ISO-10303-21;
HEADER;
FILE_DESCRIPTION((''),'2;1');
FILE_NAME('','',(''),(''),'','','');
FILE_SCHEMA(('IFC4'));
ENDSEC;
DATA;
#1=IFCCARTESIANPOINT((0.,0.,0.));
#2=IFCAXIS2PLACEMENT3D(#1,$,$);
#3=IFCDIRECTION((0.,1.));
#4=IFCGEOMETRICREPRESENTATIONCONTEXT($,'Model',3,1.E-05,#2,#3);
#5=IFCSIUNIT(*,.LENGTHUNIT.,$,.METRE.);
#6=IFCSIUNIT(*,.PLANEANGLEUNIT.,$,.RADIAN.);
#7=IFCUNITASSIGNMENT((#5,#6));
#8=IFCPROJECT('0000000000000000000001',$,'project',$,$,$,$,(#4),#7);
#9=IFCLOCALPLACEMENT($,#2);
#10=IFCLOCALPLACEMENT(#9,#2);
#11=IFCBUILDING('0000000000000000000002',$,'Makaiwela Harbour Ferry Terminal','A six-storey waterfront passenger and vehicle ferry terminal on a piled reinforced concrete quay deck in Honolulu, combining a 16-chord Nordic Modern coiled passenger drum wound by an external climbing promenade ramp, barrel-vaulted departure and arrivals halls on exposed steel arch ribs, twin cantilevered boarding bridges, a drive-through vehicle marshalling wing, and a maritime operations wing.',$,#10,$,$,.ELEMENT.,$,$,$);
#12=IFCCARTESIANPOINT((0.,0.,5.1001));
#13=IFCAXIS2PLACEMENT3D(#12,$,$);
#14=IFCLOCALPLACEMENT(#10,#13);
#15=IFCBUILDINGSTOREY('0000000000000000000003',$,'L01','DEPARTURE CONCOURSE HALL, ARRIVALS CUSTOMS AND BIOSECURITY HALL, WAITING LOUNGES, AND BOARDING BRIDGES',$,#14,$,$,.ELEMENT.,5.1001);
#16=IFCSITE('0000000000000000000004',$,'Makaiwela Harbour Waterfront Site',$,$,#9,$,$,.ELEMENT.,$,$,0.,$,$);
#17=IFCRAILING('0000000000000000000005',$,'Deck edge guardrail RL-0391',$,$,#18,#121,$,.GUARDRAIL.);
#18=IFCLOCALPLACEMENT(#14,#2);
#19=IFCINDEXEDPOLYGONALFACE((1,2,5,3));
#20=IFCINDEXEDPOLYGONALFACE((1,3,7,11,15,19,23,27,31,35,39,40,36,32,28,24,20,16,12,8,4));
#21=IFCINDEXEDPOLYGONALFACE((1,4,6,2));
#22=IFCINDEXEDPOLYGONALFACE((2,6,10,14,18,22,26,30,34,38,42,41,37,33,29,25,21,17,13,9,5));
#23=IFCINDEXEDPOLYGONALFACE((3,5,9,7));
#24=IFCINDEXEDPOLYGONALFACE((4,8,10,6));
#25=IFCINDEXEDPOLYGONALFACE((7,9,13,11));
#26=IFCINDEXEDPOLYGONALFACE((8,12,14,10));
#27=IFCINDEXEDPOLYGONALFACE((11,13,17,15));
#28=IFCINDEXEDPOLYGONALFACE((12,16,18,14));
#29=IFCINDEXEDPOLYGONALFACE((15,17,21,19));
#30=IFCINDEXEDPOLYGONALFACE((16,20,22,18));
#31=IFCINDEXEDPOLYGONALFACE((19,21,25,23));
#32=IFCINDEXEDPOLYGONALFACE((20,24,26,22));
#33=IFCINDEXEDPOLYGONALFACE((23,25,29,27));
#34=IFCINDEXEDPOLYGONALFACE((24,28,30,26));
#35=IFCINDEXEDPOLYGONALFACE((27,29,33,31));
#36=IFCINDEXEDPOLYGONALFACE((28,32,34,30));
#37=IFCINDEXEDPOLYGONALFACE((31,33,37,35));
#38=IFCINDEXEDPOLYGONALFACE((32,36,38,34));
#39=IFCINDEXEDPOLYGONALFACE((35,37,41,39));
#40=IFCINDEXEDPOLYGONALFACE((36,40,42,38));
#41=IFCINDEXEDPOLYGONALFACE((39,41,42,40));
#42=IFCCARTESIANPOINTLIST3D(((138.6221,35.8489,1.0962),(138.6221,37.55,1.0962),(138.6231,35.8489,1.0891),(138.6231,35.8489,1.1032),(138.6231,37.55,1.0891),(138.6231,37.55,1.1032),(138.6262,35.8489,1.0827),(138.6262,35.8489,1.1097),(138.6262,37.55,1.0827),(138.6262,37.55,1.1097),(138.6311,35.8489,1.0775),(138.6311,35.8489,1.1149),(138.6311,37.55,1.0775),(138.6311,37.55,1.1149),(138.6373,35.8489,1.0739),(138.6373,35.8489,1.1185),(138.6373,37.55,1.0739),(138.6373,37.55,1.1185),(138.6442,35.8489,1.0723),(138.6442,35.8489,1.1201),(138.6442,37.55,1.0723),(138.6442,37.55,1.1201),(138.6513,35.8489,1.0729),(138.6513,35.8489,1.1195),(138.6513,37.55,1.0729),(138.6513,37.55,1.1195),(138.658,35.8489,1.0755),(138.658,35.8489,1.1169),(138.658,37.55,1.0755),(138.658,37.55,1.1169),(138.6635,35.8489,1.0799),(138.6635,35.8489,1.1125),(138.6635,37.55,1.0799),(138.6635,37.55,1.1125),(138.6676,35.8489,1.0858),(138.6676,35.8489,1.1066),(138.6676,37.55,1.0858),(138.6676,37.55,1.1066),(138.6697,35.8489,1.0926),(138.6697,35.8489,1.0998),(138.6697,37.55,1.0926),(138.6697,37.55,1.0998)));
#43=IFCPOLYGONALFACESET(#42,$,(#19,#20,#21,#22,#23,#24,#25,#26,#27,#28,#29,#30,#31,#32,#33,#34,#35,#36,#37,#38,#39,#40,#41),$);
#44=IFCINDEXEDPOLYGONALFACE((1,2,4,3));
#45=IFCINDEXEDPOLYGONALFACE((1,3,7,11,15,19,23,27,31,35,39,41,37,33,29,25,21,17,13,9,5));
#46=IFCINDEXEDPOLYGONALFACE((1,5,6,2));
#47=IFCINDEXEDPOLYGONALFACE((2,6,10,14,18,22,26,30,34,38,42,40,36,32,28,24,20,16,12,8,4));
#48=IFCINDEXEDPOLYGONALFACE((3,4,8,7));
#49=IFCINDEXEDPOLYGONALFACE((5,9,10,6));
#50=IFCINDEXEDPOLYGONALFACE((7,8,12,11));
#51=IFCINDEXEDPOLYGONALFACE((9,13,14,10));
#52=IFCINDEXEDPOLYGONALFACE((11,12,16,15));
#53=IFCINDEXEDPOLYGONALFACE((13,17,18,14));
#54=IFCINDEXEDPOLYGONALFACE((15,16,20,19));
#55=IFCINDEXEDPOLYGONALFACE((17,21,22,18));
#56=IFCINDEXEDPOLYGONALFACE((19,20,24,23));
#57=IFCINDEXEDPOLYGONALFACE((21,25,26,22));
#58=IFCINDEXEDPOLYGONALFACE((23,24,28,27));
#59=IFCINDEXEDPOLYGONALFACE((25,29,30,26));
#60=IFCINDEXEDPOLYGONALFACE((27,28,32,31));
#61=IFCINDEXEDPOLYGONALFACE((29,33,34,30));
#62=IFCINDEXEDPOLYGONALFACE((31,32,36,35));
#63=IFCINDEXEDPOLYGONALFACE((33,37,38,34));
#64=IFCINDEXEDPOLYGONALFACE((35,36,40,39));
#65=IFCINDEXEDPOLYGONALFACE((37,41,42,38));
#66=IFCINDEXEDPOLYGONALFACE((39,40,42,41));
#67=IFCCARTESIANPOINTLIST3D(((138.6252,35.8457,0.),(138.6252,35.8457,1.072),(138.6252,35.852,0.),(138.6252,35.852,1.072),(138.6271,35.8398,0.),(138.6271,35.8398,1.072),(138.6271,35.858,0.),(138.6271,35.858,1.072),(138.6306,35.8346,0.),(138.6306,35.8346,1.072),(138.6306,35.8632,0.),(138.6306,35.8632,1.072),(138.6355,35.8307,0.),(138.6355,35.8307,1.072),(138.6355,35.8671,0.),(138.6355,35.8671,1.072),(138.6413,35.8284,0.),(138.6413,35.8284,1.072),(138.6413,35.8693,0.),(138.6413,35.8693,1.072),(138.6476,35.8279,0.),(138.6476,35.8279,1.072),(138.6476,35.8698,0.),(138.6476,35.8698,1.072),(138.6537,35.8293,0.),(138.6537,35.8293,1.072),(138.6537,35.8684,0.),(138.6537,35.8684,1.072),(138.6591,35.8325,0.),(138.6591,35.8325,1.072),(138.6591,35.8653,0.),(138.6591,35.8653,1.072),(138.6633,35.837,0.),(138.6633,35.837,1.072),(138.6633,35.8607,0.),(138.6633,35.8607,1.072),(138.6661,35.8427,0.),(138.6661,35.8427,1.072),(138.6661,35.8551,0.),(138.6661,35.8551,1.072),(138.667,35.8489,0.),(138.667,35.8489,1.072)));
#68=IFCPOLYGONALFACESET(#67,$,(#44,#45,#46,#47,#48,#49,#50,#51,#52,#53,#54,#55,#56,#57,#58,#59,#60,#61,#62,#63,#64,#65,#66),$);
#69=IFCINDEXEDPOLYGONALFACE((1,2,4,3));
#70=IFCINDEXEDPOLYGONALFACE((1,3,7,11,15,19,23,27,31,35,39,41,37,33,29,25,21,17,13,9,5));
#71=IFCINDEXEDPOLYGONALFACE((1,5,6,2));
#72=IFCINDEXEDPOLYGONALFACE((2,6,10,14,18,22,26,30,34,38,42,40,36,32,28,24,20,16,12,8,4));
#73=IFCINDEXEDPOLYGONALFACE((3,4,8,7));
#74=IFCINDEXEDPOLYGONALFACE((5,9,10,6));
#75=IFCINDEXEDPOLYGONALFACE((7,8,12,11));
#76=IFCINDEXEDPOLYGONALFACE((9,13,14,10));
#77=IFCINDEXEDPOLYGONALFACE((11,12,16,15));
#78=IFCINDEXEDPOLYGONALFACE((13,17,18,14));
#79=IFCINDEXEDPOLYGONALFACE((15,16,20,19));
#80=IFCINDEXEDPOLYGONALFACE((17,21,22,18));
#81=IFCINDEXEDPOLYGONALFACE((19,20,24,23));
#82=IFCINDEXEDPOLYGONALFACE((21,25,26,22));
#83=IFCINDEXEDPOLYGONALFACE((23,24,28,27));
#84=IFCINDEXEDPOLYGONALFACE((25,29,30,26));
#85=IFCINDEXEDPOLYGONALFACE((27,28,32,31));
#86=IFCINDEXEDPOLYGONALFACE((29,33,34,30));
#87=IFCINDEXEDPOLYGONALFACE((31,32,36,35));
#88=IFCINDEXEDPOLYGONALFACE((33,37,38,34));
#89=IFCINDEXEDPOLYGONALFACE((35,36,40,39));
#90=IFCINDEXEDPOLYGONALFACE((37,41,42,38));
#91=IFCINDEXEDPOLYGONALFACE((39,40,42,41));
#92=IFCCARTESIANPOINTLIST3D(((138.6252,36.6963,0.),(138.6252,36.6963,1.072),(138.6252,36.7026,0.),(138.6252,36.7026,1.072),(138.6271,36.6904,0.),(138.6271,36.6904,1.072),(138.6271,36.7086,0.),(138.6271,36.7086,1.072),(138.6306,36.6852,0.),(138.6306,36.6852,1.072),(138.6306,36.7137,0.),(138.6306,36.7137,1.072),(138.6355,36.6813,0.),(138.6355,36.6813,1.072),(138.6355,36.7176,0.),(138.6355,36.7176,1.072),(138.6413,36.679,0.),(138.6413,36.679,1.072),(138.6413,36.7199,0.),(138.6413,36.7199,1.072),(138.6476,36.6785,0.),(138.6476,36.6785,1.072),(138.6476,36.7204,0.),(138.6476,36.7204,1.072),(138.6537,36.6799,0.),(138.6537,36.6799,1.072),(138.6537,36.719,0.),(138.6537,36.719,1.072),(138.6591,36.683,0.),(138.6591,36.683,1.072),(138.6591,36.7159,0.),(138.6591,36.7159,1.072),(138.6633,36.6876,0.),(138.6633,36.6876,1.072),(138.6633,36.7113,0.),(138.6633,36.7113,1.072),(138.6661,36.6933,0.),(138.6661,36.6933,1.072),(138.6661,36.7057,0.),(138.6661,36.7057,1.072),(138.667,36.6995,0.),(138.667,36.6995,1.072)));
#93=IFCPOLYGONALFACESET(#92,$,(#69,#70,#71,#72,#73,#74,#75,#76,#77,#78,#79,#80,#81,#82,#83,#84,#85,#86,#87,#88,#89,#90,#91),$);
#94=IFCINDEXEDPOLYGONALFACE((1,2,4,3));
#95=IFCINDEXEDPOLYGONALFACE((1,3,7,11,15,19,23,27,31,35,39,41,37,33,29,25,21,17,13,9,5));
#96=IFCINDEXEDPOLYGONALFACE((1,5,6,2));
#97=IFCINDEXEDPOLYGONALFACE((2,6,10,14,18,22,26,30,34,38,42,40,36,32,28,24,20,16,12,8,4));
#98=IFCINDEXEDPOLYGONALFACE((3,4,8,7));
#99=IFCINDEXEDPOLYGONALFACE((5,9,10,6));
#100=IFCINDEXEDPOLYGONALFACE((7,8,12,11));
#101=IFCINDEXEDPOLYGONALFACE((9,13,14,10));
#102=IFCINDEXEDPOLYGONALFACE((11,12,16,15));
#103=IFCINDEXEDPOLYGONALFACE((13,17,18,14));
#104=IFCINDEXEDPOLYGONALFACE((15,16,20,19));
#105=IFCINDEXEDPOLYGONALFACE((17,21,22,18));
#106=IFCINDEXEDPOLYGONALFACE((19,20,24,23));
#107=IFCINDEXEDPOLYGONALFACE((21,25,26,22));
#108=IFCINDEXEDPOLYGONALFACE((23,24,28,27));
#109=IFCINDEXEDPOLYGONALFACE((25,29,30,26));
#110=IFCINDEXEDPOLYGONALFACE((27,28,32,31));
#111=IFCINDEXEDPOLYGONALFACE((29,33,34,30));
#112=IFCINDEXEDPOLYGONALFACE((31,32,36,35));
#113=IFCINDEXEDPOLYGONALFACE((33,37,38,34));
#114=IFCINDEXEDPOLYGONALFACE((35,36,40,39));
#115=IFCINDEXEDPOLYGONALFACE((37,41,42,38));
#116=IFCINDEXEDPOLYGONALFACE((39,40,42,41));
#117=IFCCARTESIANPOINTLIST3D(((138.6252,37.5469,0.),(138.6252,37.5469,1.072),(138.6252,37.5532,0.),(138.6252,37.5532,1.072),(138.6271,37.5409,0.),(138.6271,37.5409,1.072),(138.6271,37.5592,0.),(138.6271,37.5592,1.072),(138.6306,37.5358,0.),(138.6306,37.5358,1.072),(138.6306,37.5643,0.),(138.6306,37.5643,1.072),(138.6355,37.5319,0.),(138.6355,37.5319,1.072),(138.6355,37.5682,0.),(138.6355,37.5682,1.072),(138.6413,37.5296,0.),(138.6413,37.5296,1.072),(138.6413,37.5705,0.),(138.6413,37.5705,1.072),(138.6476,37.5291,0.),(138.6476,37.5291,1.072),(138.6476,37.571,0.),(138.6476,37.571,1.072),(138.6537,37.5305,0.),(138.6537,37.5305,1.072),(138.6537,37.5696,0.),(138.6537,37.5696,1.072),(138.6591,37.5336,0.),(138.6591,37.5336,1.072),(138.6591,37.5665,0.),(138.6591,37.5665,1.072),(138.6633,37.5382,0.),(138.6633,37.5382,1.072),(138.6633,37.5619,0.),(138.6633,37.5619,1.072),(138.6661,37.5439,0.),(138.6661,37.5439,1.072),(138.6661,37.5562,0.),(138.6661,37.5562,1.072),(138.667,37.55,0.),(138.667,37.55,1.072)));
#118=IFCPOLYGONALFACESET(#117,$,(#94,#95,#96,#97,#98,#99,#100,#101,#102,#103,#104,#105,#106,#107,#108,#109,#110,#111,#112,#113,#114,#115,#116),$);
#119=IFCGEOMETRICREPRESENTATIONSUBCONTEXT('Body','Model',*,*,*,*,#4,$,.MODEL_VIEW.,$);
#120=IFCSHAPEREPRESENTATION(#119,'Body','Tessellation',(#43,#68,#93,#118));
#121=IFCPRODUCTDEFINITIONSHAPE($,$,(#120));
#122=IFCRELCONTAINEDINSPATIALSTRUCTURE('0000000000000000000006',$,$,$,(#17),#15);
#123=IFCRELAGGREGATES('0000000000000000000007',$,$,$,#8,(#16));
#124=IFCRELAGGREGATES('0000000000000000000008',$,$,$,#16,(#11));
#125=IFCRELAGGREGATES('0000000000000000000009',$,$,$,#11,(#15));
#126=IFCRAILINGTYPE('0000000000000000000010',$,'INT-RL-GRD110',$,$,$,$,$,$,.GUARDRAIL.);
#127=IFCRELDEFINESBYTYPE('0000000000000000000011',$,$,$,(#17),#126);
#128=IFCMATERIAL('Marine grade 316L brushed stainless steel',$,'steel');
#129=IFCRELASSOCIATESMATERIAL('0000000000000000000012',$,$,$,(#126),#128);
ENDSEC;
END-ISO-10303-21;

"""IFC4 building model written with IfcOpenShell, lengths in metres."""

from ifc_helpers import new_model, si_unit, direction, frame, origin, origin_2d, place, context, subcontext, project, spatial, circle, extrude, material, type_object, element, save


model = new_model("IFC4")

# Units and contexts
model_context = context("Model", 3, precision=1e-05, world=origin(), true_north=direction((0.0, 1.0)))
body_context = subcontext(model_context, "Body", "Model", "MODEL_VIEW")
ifc_project = project(units=[si_unit("LENGTHUNIT", "METRE"), si_unit("PLANEANGLEUNIT", "RADIAN")], contexts=[model_context])

# Site, building, storey
site_placement = place(None, origin())
site = spatial("IfcSite", under=ifc_project, at=site_placement, Name="Makaiwela Harbour Waterfront Site", CompositionType="ELEMENT", RefElevation=0.0)
building_placement = place(site_placement, origin())
building = spatial("IfcBuilding", under=site, at=building_placement, Name="Makaiwela Harbour Ferry Terminal", Description="A six-storey waterfront passenger and vehicle ferry terminal on a piled reinforced concrete quay deck in Honolulu, combining a 16-chord Nordic Modern coiled passenger drum wound by an external climbing promenade ramp, barrel-vaulted departure and arrivals halls on exposed steel arch ribs, twin cantilevered boarding bridges, a drive-through vehicle marshalling wing, and a maritime operations wing.", CompositionType="ELEMENT")
storey_placement = place(building_placement, frame((0.0, 0.0, 5.1001)))
storey = spatial("IfcBuildingStorey", under=building, at=storey_placement, Name="L01", Description="DEPARTURE CONCOURSE HALL, ARRIVALS CUSTOMS AND BIOSECURITY HALL, WAITING LOUNGES, AND BOARDING BRIDGES", CompositionType="ELEMENT", Elevation=5.1001)

# Railing
ifc_material_1 = material(Name="Marine grade 316L brushed stainless steel", Category="steel")
railing_type = type_object("IfcRailingType", Name="INT-RL-GRD110", PredefinedType="GUARDRAIL", material=ifc_material_1)
railing_1_placement = place(storey_placement, frame((138.646, 35.8489, 0.0)))
element("IfcRailing", 1, at=railing_1_placement, inside=storey, type_object=railing_type, Name="Deck edge guardrail RL-0391", PredefinedType="GUARDRAIL", context=body_context, shape_type="SweptSolid", body=[
    extrude(circle(Radius=0.0239, at=origin_2d()), frame((0.0, 0.0, 1.0962), z_axis=(0.0, 1.0, 0.0), x_axis=(-1.0, 0.0, 0.0)), (0.0, 0.0, 1.0), 1.7012),
    extrude(circle(Radius=0.021, at=origin_2d()), origin(), (0.0, 0.0, 1.0), 1.072),
    extrude(circle(Radius=0.021, at=origin_2d()), frame((0.0, 0.8506, 0.0)), (0.0, 0.0, 1.0), 1.072),
    extrude(circle(Radius=0.021, at=origin_2d()), frame((0.0, 1.7012, 0.0)), (0.0, 0.0, 1.0), 1.072),
])

save(model, "model.ifc")
